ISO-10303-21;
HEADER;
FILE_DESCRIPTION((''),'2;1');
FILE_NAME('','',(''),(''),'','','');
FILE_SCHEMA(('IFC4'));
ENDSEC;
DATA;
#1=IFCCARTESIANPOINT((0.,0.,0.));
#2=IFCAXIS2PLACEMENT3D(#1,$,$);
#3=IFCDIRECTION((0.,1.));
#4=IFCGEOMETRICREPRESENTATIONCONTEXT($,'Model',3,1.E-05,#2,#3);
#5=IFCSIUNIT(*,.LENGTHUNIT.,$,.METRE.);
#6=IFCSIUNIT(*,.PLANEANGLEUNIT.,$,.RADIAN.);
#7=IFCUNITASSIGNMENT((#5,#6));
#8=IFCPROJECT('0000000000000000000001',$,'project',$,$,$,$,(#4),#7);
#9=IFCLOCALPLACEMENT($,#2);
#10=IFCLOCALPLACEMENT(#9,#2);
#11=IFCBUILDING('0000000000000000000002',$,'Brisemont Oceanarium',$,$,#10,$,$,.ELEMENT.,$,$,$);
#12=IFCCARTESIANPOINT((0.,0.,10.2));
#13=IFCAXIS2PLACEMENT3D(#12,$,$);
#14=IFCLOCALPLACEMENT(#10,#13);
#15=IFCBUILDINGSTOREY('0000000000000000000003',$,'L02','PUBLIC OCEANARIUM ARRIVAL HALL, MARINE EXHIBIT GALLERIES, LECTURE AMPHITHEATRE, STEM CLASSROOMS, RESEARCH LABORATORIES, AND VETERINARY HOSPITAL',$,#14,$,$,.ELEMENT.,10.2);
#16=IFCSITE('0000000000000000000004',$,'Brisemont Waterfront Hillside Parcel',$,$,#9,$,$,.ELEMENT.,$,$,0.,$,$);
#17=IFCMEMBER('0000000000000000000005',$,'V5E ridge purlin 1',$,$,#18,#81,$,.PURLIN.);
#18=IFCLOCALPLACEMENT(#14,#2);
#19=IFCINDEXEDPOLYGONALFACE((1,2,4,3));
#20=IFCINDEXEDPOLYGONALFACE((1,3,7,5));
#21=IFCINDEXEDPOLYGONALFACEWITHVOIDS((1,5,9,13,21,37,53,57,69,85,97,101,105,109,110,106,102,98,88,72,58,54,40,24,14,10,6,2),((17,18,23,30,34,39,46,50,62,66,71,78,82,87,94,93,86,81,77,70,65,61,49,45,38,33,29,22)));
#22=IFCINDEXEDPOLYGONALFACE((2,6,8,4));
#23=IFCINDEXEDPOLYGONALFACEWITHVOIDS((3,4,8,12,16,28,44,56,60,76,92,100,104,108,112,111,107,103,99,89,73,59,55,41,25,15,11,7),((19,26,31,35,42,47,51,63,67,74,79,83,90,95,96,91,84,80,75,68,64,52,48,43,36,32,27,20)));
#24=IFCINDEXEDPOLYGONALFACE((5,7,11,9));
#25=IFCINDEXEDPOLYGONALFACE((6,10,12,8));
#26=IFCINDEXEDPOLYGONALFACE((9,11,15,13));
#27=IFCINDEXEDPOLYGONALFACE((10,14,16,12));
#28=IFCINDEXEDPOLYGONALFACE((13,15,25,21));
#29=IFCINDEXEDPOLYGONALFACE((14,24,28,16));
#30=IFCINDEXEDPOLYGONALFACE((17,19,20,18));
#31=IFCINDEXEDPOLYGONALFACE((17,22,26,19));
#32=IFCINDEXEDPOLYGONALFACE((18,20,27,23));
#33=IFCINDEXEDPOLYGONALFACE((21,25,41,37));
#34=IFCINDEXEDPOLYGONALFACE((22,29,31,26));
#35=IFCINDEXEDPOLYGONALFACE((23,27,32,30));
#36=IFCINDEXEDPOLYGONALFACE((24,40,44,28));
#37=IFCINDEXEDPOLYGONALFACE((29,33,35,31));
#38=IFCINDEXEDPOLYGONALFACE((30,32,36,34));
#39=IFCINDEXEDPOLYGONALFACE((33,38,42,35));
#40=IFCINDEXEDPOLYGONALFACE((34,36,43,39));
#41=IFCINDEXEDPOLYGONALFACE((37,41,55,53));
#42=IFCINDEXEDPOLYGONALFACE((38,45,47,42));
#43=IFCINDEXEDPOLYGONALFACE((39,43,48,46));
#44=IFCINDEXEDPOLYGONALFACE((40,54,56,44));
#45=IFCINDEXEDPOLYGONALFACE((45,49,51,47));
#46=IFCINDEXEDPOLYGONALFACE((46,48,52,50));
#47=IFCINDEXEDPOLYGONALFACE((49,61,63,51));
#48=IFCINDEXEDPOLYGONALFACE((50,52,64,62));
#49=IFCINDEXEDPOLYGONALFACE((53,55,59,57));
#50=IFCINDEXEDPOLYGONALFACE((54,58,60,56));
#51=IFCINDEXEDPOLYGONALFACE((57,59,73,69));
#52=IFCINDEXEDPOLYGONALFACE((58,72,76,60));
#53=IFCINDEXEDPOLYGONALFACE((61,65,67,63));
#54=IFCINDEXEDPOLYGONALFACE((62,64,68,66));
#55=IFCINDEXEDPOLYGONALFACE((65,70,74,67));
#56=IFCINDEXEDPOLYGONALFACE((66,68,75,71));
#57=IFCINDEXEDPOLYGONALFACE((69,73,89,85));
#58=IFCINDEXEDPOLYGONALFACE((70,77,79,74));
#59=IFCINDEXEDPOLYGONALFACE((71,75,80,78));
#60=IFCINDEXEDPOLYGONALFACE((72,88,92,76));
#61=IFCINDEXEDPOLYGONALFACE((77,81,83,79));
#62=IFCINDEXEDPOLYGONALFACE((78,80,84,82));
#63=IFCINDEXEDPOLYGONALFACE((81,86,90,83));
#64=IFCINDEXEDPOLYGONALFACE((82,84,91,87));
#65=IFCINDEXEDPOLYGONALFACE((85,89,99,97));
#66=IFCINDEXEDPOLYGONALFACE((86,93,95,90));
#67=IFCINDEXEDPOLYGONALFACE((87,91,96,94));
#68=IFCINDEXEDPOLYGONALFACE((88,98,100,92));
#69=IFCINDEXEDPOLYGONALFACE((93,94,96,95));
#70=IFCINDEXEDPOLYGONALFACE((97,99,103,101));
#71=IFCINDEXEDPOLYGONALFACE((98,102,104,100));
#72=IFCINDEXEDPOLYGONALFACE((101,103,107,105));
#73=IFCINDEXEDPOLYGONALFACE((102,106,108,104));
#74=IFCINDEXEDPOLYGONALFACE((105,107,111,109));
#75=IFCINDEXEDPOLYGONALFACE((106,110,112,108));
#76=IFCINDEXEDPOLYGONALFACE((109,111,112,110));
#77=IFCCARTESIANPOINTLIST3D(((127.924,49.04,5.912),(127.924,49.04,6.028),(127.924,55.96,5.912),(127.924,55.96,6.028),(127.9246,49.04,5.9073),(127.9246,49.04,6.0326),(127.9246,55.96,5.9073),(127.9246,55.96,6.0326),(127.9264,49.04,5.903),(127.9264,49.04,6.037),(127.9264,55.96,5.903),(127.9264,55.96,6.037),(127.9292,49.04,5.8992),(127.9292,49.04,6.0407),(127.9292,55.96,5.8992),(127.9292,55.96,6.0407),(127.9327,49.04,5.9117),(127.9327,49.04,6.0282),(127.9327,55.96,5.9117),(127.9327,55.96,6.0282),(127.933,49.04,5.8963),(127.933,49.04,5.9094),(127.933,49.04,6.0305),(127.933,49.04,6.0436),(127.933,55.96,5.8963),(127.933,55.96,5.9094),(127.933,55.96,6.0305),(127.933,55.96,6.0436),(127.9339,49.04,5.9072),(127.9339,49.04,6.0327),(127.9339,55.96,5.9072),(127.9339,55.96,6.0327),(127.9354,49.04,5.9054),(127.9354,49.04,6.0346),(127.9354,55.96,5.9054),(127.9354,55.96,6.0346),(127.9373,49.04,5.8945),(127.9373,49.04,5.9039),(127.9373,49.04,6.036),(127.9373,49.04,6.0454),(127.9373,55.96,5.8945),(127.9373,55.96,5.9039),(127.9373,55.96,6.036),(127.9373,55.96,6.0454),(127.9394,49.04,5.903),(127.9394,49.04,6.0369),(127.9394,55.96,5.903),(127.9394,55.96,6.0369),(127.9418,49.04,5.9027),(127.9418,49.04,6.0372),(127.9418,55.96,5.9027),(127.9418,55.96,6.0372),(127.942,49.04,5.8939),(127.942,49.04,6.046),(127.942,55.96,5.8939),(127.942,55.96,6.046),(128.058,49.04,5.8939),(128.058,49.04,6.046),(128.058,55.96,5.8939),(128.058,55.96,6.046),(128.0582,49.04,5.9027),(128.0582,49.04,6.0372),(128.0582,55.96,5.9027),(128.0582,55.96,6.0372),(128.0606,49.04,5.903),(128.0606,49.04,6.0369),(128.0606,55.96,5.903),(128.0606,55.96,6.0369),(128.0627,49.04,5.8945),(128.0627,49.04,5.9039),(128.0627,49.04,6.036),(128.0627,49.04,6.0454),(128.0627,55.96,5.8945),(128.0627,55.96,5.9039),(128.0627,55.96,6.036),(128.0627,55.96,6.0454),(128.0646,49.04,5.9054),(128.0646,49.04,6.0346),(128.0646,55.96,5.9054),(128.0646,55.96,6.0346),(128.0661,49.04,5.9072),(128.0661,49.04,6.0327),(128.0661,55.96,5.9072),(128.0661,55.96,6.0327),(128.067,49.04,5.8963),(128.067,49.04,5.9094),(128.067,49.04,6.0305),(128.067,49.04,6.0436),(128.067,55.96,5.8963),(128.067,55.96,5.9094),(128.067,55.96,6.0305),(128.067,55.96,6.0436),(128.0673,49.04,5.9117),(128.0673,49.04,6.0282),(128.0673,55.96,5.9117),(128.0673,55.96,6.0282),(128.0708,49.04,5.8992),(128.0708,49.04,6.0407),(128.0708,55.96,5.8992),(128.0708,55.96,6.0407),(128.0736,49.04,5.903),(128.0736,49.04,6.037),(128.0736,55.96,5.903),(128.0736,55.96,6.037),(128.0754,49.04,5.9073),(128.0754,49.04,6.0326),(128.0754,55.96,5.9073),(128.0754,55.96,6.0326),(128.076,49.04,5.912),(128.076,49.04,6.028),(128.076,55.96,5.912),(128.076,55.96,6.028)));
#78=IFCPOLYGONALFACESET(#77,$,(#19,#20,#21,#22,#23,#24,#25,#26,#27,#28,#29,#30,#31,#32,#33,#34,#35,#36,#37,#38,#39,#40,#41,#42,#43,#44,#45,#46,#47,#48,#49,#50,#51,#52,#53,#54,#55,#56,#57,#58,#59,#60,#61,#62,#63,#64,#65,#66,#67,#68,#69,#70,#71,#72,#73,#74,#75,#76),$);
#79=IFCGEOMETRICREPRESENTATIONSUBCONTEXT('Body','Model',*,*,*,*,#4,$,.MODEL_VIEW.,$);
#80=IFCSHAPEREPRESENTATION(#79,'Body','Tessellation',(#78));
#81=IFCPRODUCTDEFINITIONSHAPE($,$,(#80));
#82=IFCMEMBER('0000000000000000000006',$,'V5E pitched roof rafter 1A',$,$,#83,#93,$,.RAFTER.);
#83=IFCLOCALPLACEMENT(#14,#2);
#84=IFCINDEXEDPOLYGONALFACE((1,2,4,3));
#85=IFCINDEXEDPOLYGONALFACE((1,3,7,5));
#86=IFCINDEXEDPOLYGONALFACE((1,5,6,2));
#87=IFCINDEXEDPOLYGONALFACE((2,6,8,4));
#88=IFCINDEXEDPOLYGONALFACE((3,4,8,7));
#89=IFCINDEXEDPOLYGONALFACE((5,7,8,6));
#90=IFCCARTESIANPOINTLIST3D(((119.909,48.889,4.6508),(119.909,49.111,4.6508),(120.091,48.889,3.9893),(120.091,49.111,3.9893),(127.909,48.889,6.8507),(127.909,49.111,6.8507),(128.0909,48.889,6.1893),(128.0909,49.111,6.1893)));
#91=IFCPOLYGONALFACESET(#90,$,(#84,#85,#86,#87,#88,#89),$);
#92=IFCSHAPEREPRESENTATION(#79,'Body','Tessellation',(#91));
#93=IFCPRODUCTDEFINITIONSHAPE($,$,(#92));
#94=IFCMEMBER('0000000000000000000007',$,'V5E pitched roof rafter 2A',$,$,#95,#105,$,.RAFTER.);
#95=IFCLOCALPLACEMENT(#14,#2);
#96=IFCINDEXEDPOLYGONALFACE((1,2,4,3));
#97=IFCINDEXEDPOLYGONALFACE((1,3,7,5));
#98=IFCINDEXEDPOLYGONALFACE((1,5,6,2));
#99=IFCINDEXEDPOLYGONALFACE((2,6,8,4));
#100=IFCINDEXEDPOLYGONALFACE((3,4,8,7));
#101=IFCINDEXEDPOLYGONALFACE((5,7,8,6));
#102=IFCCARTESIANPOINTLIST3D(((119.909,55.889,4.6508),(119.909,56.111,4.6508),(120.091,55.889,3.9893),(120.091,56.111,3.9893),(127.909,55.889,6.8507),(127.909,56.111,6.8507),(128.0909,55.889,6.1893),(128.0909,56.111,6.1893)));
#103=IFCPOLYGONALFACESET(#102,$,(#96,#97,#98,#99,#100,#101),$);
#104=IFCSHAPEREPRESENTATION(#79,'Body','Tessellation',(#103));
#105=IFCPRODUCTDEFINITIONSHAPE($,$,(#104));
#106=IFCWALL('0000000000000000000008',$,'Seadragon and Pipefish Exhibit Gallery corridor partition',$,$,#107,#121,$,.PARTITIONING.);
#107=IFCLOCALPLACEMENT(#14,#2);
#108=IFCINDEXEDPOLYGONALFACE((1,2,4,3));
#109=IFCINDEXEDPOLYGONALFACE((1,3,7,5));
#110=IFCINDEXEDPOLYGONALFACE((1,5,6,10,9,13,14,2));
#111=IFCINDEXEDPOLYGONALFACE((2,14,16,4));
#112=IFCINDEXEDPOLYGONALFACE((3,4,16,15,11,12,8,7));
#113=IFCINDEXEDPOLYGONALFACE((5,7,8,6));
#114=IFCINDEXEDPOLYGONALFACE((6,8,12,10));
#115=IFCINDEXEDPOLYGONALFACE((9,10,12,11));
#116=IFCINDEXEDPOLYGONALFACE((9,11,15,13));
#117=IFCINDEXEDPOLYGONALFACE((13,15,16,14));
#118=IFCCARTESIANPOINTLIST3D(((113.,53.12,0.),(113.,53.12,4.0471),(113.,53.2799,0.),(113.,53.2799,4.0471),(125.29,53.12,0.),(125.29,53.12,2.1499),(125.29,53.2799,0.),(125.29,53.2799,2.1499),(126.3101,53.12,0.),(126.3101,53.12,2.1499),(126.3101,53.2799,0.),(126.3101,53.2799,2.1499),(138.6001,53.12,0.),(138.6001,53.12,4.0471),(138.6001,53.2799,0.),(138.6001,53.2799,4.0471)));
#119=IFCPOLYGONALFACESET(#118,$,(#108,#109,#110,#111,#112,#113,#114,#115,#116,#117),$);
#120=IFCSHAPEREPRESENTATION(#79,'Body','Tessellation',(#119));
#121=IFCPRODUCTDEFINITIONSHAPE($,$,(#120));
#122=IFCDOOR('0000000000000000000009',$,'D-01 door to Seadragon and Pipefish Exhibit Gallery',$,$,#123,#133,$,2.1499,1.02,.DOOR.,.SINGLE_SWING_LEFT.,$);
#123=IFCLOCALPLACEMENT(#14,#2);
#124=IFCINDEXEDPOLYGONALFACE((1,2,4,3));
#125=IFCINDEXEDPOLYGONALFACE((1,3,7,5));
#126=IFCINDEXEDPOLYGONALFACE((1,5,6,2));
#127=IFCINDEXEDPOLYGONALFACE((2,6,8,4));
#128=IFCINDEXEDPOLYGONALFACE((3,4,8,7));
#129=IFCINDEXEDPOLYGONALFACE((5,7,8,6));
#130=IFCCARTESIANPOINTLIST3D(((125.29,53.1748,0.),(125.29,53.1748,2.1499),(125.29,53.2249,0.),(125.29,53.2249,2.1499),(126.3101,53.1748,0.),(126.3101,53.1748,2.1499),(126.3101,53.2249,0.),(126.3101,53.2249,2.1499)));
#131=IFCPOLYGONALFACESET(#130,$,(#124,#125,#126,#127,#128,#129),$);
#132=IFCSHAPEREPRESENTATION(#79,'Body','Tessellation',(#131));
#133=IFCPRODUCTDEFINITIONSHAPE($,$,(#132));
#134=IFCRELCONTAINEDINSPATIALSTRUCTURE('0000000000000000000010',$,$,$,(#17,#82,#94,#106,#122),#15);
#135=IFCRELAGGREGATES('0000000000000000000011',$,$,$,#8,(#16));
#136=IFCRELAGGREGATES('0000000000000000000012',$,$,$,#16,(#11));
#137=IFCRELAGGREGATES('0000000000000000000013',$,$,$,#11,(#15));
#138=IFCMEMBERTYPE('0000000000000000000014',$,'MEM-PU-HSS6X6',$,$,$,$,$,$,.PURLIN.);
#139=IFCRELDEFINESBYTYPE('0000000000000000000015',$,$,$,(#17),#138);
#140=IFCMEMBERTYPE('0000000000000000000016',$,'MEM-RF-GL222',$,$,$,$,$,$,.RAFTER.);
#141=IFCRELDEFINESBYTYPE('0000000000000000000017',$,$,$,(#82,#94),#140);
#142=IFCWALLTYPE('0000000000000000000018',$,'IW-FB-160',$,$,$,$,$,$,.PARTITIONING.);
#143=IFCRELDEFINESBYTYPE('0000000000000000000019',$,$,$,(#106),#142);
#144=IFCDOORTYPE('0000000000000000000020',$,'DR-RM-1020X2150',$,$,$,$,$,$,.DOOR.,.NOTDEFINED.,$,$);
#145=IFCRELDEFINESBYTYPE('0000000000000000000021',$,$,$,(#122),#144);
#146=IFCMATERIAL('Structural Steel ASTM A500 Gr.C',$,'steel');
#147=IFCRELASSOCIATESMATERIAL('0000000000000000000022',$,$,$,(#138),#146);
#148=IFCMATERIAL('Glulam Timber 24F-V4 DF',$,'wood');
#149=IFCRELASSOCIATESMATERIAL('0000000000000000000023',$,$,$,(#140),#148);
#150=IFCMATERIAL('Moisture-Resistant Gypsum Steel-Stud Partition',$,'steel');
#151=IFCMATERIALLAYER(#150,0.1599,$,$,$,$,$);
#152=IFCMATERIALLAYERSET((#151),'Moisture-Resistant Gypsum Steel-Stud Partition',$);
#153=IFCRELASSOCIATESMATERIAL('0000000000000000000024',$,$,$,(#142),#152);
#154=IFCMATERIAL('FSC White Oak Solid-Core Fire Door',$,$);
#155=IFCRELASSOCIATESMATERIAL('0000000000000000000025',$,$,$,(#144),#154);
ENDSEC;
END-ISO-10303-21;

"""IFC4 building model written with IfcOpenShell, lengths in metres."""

from ifc_helpers import new_model, si_unit, direction, frame, frame_2d, origin, origin_2d, place, context, subcontext, project, spatial, rectangle, hollow_rectangle, extrude, material, layer, layer_set, material_profile, profile_set, type_object, element, fill, save


model = new_model("IFC4")

# Units and contexts
model_context = context("Model", 3, precision=1e-05, world=origin(), true_north=direction((0.0, 1.0)))
body_context = subcontext(model_context, "Body", "Model", "MODEL_VIEW")
ifc_project = project(units=[si_unit("LENGTHUNIT", "METRE"), si_unit("PLANEANGLEUNIT", "RADIAN")], contexts=[model_context])

# Site, building, storey
site_placement = place(None, origin())
site = spatial("IfcSite", under=ifc_project, at=site_placement, Name="Brisemont Waterfront Hillside Parcel", CompositionType="ELEMENT", RefElevation=0.0)
building_placement = place(site_placement, origin())
building = spatial("IfcBuilding", under=site, at=building_placement, Name="Brisemont Oceanarium", CompositionType="ELEMENT")
storey_placement = place(building_placement, frame((0.0, 0.0, 10.2)))
storey = spatial("IfcBuildingStorey", under=building, at=storey_placement, Name="L02", Description="PUBLIC OCEANARIUM ARRIVAL HALL, MARINE EXHIBIT GALLERIES, LECTURE AMPHITHEATRE, STEM CLASSROOMS, RESEARCH LABORATORIES, AND VETERINARY HOSPITAL", CompositionType="ELEMENT", Elevation=10.2)

# Members
ifc_material_1 = material(Name="Structural Steel ASTM A500 Gr.C", Category="steel")
ifc_material_profile_1 = material_profile(ifc_material_1, hollow_rectangle(XDim=0.1521, YDim=0.1521, WallThickness=0.0088, InnerFilletRadius=0.009, OuterFilletRadius=0.0181, at=origin_2d()), Name="HSS6X6X3/8")
ifc_profile_set_1 = profile_set([ifc_material_profile_1], Name="Structural Steel ASTM A500 Gr.C")
member_type_1 = type_object("IfcMemberType", Name="MEM-PU-HSS6X6", PredefinedType="PURLIN", material=ifc_profile_set_1)
member_placement = place(storey_placement, frame((128.0, 49.04, 5.97), z_axis=(0.0, 1.0, 0.0), x_axis=(-1.0, 0.0, 0.0)))
element("IfcMember", 1, at=member_placement, inside=storey, type_object=member_type_1, Name="V5E ridge purlin 1", PredefinedType="PURLIN", context=body_context, shape_type="SweptSolid", body=[
    extrude(hollow_rectangle(XDim=0.1521, YDim=0.1521, WallThickness=0.0088, InnerFilletRadius=0.009, OuterFilletRadius=0.0181, at=origin_2d()), origin(), (0.0, 0.0, 1.0), 6.9199),
])
ifc_material_2 = material(Name="Glulam Timber 24F-V4 DF", Category="wood")
ifc_material_profile_2 = material_profile(ifc_material_2, rectangle(XDim=0.2219, YDim=0.686, at=origin_2d()), Name="GL-222X686")
ifc_profile_set_2 = profile_set([ifc_material_profile_2], Name="Glulam Timber 24F-V4 DF")
member_type_2 = type_object("IfcMemberType", Name="MEM-RF-GL222", PredefinedType="RAFTER", material=ifc_profile_set_2)
for number, where, z_axis, x_axis, name in (
    (2, (120.0, 49.0, 4.3201), (0.964207, 0.0, 0.265151), (0.0, 1.0, 0.0), "V5E pitched roof rafter 1A"),
    (3, (120.0, 56.0, 4.3201), (0.964207, 0.0, 0.265151), (0.0, 1.0, 0.0), "V5E pitched roof rafter 2A"),
):
    element("IfcMember", number, at=place(storey_placement, frame(where, z_axis=z_axis, x_axis=x_axis)), inside=storey, type_object=member_type_2, Name=name, PredefinedType="RAFTER", context=body_context, shape_type="SweptSolid", body=[
        extrude(rectangle(XDim=0.2219, YDim=0.686, at=origin_2d()), origin(), (0.0, 0.0, 1.0), 8.2969),
    ])

# Wall, opening, door
ifc_material_3 = material(Name="Moisture-Resistant Gypsum Steel-Stud Partition", Category="steel")
ifc_layer = layer(ifc_material_3, 0.1599)
ifc_layer_set = layer_set([ifc_layer], Name="Moisture-Resistant Gypsum Steel-Stud Partition")
wall_type = type_object("IfcWallType", Name="IW-FB-160", PredefinedType="PARTITIONING", material=ifc_layer_set)
wall_placement = place(storey_placement, frame((113.0, 53.2, 0.0), z_axis=(0.0, 0.0, 1.0), x_axis=(1.0, 0.0, 0.0)))
wall = element("IfcWall", 4, at=wall_placement, inside=storey, type_object=wall_type, Name="Seadragon and Pipefish Exhibit Gallery corridor partition", PredefinedType="PARTITIONING", context=body_context, shape_type="SweptSolid", body=[
    extrude(rectangle(XDim=25.6001, YDim=0.1599, at=frame_2d((12.8, 0.0))), origin(), (0.0, 0.0, 1.0), 4.0471),
])
opening_placement = place(wall_placement, frame((12.29, 0.0, 0.0)))
opening = element("IfcOpeningElement", 5, at=opening_placement, cuts=wall, PredefinedType="OPENING", context=body_context, shape_type="SweptSolid", body=[
    extrude(rectangle(XDim=1.02, YDim=2.1499, at=frame_2d((0.51, 1.075))), frame((0.0, 0.0898, 0.0), z_axis=(0.0, -1.0, 0.0), x_axis=(1.0, 0.0, 0.0)), (0.0, 0.0, 1.0), 0.1799),
])
ifc_material_4 = material(Name="FSC White Oak Solid-Core Fire Door")
door_type = type_object("IfcDoorType", Name="DR-RM-1020X2150", OperationType="NOTDEFINED", PredefinedType="DOOR", material=ifc_material_4)
door_placement = place(opening_placement, origin())
door = element("IfcDoor", 6, at=door_placement, inside=storey, type_object=door_type, Name="D-01 door to Seadragon and Pipefish Exhibit Gallery", OperationType="SINGLE_SWING_LEFT", OverallHeight=2.1499, OverallWidth=1.02, PredefinedType="DOOR", context=body_context, shape_type="SweptSolid", body=[
    extrude(rectangle(XDim=1.02, YDim=2.1499, at=frame_2d((0.51, 1.075))), frame((0.0, 0.0249, 0.0), z_axis=(0.0, -1.0, 0.0), x_axis=(1.0, 0.0, 0.0)), (0.0, 0.0, 1.0), 0.05),
])
fill(opening, door)

save(model, "model.ifc")
